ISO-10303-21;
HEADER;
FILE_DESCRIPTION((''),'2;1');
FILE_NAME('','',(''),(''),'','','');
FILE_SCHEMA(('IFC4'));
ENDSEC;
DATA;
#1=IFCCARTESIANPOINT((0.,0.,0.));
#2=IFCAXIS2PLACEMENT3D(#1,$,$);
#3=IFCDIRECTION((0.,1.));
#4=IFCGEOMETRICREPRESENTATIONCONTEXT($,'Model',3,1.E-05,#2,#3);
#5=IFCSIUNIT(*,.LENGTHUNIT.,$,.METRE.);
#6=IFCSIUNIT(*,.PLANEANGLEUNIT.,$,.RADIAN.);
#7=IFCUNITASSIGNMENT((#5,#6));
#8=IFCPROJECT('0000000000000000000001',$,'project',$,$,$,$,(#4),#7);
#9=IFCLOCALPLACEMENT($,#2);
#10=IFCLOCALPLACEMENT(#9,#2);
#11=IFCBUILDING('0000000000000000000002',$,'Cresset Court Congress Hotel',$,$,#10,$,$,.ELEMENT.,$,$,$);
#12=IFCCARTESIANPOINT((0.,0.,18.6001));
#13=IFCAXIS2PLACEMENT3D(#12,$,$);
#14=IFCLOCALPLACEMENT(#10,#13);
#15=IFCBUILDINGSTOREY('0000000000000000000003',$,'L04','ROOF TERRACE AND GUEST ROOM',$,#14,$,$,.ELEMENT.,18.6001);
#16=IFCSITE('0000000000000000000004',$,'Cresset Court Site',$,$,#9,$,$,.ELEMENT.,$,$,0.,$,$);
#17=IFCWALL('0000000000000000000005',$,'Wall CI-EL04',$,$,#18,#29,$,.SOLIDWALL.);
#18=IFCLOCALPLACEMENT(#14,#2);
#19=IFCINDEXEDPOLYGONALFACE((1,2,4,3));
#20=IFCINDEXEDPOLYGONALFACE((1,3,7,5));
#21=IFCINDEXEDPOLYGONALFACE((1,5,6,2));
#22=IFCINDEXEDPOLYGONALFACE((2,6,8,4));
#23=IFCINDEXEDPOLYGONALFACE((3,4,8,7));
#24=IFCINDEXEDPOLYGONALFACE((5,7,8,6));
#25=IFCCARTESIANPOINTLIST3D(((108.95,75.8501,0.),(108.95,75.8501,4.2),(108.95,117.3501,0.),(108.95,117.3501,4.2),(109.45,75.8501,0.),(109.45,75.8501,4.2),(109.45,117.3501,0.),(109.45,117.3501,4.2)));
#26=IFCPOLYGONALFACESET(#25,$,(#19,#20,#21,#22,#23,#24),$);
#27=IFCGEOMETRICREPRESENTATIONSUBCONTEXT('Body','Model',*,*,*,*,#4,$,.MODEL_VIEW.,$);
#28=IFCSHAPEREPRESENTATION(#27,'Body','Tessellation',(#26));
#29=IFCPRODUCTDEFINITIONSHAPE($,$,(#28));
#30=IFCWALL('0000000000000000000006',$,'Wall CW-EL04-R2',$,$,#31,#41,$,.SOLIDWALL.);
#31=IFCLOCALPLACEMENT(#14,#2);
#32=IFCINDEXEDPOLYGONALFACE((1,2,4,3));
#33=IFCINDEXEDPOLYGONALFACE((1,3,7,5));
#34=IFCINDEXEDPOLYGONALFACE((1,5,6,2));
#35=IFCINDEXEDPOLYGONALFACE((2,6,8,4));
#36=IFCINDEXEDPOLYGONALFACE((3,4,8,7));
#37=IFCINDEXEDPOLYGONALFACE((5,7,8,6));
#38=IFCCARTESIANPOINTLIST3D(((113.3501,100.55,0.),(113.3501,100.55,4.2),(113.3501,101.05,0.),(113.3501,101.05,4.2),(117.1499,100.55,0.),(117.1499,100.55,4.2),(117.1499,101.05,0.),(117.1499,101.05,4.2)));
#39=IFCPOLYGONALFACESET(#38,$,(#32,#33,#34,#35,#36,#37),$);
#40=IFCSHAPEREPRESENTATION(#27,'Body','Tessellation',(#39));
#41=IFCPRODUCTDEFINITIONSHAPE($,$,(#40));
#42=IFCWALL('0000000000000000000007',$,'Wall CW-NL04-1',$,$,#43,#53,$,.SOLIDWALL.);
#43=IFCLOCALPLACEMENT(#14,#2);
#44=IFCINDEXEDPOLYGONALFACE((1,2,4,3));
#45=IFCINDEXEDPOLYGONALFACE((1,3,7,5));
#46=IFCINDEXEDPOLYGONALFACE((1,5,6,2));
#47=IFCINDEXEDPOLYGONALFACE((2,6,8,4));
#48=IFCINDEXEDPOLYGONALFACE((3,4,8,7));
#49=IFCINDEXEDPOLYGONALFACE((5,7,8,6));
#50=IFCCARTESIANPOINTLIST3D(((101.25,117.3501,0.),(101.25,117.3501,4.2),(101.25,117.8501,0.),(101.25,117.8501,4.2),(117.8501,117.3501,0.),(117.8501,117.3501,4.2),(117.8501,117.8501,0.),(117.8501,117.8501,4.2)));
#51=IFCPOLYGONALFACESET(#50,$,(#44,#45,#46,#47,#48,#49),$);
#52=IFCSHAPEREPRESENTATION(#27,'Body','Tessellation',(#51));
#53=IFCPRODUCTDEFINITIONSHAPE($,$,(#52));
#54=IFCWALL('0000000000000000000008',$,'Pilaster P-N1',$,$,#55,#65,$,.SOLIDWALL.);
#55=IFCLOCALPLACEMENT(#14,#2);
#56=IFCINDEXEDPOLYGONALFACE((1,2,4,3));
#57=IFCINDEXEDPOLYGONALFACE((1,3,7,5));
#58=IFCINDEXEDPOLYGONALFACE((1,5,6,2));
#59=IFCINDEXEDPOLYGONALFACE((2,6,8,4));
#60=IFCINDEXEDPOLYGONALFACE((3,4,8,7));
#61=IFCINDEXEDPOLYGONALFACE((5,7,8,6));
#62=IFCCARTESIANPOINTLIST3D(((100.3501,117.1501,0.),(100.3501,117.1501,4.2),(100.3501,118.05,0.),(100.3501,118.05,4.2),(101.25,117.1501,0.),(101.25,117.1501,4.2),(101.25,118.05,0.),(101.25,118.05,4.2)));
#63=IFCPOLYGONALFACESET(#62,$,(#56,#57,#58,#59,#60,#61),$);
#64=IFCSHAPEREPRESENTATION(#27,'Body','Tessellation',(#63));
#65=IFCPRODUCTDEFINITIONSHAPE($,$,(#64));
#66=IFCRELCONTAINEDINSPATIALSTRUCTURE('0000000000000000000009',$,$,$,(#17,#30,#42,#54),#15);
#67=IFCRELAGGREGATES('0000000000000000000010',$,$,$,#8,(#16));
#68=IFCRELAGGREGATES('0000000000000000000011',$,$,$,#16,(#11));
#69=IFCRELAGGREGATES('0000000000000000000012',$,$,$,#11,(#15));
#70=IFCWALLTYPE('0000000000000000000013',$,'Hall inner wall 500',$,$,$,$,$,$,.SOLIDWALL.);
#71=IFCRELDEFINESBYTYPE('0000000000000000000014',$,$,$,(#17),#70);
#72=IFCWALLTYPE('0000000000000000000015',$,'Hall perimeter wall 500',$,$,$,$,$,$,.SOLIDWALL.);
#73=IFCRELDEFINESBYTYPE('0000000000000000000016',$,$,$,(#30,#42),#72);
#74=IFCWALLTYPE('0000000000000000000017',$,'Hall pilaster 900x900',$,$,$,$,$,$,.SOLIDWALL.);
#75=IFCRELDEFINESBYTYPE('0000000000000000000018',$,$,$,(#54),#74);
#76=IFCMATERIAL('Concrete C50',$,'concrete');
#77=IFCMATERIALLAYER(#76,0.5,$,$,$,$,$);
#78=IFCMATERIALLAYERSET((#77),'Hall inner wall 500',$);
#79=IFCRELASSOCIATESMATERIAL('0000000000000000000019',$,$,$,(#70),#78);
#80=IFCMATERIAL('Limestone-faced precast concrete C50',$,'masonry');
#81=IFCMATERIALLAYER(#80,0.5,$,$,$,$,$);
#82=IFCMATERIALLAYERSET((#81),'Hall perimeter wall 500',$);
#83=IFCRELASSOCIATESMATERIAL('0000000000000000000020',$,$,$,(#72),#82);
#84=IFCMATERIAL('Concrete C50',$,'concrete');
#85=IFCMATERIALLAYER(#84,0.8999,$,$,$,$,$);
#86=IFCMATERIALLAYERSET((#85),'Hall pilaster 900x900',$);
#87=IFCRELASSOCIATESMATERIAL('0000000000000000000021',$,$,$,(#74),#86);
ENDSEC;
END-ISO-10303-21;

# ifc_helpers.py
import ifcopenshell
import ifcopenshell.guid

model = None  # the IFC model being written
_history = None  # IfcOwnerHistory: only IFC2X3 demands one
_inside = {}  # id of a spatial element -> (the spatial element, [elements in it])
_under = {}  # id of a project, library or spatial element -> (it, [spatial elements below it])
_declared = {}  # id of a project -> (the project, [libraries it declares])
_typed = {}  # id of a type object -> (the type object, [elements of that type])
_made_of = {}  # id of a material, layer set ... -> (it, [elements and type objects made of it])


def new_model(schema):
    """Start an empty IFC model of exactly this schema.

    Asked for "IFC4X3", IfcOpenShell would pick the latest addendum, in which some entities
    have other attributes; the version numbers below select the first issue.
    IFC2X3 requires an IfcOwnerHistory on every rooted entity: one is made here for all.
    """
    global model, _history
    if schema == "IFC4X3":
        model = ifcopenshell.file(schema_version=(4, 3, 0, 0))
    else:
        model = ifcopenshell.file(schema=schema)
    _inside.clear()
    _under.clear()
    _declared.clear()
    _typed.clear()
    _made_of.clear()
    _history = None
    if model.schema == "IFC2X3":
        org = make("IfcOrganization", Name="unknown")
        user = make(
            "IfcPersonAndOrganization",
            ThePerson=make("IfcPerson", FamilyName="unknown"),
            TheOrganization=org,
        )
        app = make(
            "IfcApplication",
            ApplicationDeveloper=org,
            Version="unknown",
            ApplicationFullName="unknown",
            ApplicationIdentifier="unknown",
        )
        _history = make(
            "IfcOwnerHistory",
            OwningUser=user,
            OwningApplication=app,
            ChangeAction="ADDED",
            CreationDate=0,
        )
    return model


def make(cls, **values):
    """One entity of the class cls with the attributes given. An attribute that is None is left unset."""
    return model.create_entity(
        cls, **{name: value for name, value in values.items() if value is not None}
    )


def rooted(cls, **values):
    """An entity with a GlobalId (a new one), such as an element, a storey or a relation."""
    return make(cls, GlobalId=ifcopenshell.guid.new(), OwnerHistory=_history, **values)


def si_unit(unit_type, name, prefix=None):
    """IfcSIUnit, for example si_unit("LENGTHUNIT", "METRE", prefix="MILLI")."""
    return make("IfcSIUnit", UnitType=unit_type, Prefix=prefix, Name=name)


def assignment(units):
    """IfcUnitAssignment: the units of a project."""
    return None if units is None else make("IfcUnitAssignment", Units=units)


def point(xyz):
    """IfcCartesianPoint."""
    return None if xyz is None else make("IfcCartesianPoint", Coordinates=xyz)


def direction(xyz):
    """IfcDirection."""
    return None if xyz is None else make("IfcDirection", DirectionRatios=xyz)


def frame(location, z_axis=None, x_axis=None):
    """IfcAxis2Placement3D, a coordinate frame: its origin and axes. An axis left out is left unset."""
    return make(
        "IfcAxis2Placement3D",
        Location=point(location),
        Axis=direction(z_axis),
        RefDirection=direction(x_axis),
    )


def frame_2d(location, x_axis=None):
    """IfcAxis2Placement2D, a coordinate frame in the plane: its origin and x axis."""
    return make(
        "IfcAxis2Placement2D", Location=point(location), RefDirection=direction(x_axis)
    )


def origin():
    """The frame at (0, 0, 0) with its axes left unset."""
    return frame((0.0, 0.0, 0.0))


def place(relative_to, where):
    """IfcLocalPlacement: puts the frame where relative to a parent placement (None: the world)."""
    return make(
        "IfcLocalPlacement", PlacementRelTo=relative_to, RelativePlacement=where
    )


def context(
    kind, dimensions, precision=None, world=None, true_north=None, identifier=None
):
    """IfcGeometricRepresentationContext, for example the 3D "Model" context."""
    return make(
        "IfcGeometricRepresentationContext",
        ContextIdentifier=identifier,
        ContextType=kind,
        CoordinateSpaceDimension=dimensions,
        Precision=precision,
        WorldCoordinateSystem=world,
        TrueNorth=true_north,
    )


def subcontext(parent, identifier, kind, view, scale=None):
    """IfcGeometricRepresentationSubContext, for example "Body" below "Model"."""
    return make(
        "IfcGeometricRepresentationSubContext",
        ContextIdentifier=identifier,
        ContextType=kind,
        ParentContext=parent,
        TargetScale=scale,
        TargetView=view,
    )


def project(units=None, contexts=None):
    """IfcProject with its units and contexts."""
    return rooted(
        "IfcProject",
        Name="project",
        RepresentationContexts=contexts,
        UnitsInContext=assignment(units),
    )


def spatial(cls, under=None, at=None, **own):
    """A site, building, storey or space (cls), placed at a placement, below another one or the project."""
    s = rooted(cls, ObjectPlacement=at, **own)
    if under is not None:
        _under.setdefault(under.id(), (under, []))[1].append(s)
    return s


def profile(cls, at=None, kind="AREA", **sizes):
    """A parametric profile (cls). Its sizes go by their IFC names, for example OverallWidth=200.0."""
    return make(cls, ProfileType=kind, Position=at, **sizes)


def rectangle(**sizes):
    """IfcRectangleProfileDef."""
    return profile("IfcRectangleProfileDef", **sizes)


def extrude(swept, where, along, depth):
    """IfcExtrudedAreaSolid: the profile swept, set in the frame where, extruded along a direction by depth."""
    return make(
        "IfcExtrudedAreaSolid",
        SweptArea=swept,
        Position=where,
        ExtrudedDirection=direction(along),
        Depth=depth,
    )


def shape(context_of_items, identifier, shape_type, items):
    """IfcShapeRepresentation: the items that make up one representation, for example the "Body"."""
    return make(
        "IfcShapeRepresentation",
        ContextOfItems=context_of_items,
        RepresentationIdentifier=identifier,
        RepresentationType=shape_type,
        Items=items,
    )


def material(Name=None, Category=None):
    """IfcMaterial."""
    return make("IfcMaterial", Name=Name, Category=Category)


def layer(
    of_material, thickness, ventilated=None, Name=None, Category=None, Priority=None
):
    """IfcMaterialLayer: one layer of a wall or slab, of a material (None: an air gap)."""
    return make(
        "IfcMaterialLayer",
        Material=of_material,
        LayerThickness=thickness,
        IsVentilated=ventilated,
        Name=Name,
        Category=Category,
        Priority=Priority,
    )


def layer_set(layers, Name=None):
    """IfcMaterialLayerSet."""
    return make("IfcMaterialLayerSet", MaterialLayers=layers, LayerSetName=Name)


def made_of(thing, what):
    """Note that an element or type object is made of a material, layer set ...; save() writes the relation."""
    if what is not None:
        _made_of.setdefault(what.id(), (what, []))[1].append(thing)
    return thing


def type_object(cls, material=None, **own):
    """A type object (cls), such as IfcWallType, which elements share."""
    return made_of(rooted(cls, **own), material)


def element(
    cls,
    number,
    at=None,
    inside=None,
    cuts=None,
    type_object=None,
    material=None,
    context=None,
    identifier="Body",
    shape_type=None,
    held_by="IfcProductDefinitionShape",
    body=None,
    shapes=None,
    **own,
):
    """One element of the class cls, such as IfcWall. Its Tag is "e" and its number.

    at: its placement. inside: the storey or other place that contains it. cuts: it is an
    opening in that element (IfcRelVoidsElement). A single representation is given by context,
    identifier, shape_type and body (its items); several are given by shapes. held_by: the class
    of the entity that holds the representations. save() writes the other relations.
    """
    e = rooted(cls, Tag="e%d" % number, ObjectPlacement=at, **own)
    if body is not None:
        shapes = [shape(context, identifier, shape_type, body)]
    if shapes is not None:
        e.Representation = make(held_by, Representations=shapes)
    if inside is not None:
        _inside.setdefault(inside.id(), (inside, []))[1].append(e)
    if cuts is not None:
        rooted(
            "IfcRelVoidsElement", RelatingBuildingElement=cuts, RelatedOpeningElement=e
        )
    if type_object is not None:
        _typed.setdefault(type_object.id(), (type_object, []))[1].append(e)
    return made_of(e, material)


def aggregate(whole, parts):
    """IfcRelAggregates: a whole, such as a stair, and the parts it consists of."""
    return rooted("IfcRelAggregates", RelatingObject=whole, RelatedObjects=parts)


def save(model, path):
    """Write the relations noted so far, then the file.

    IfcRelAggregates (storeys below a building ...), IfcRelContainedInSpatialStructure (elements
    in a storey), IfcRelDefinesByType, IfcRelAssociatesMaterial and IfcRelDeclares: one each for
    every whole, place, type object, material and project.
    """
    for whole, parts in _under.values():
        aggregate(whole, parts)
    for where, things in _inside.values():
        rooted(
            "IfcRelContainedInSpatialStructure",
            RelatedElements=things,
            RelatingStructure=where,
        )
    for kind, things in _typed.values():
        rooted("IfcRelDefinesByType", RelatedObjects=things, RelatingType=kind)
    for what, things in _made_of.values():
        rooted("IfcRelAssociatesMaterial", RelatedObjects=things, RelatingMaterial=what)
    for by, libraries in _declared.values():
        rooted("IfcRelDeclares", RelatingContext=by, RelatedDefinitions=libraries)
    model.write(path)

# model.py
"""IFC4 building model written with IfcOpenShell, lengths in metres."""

from ifc_helpers import new_model, si_unit, direction, frame, frame_2d, origin, place, context, subcontext, project, spatial, rectangle, extrude, material, layer, layer_set, type_object, element, save


model = new_model("IFC4")

# Units and contexts
model_context = context("Model", 3, precision=1e-05, world=origin(), true_north=direction((0.0, 1.0)))
body_context = subcontext(model_context, "Body", "Model", "MODEL_VIEW")
ifc_project = project(units=[si_unit("LENGTHUNIT", "METRE"), si_unit("PLANEANGLEUNIT", "RADIAN")], contexts=[model_context])

# Site, building, storey
site_placement = place(None, origin())
site = spatial("IfcSite", under=ifc_project, at=site_placement, Name="Cresset Court Site", CompositionType="ELEMENT", RefElevation=0.0)
building_placement = place(site_placement, origin())
building = spatial("IfcBuilding", under=site, at=building_placement, Name="Cresset Court Congress Hotel", CompositionType="ELEMENT")
storey_placement = place(building_placement, frame((0.0, 0.0, 18.6001)))
storey = spatial("IfcBuildingStorey", under=building, at=storey_placement, Name="L04", Description="ROOF TERRACE AND GUEST ROOM", CompositionType="ELEMENT", Elevation=18.6001)

# Walls
ifc_material_1 = material(Name="Concrete C50", Category="concrete")
ifc_layer_1 = layer(ifc_material_1, 0.5)
ifc_layer_set_1 = layer_set([ifc_layer_1], Name="Hall inner wall 500")
wall_type_1 = type_object("IfcWallType", Name="Hall inner wall 500", PredefinedType="SOLIDWALL", material=ifc_layer_set_1)
wall_1_placement = place(storey_placement, frame((109.2, 117.3501, 0.0), z_axis=(0.0, 0.0, 1.0), x_axis=(0.0, -1.0, 0.0)))
element("IfcWall", 1, at=wall_1_placement, inside=storey, type_object=wall_type_1, Name="Wall CI-EL04", PredefinedType="SOLIDWALL", context=body_context, shape_type="SweptSolid", body=[
    extrude(rectangle(XDim=41.5, YDim=0.5, at=frame_2d((20.75, 0.0))), origin(), (0.0, 0.0, 1.0), 4.2),
])
ifc_material_2 = material(Name="Limestone-faced precast concrete C50", Category="masonry")
ifc_layer_2 = layer(ifc_material_2, 0.5)
ifc_layer_set_2 = layer_set([ifc_layer_2], Name="Hall perimeter wall 500")
wall_type_2 = type_object("IfcWallType", Name="Hall perimeter wall 500", PredefinedType="SOLIDWALL", material=ifc_layer_set_2)
wall_2_placement = place(storey_placement, frame((113.3501, 100.8, 0.0), z_axis=(0.0, 0.0, 1.0), x_axis=(1.0, 0.0, 0.0)))
element("IfcWall", 2, at=wall_2_placement, inside=storey, type_object=wall_type_2, Name="Wall CW-EL04-R2", PredefinedType="SOLIDWALL", context=body_context, shape_type="SweptSolid", body=[
    extrude(rectangle(XDim=3.7998, YDim=0.5, at=frame_2d((1.8999, 0.0))), origin(), (0.0, 0.0, 1.0), 4.2),
])
wall_3_placement = place(storey_placement, frame((101.25, 117.6001, 0.0), z_axis=(0.0, 0.0, 1.0), x_axis=(1.0, 0.0, 0.0)))
element("IfcWall", 3, at=wall_3_placement, inside=storey, type_object=wall_type_2, Name="Wall CW-NL04-1", PredefinedType="SOLIDWALL", context=body_context, shape_type="SweptSolid", body=[
    extrude(rectangle(XDim=16.6001, YDim=0.5, at=frame_2d((8.3, 0.0))), origin(), (0.0, 0.0, 1.0), 4.2),
])
ifc_material_3 = material(Name="Concrete C50", Category="concrete")
ifc_layer_3 = layer(ifc_material_3, 0.8999)
ifc_layer_set_3 = layer_set([ifc_layer_3], Name="Hall pilaster 900x900")
wall_type_3 = type_object("IfcWallType", Name="Hall pilaster 900x900", PredefinedType="SOLIDWALL", material=ifc_layer_set_3)
wall_4_placement = place(storey_placement, frame((101.25, 117.6001, 0.0), z_axis=(0.0, 0.0, 1.0), x_axis=(-1.0, 0.0, 0.0)))
element("IfcWall", 4, at=wall_4_placement, inside=storey, type_object=wall_type_3, Name="Pilaster P-N1", PredefinedType="SOLIDWALL", context=body_context, shape_type="SweptSolid", body=[
    extrude(rectangle(XDim=0.8999, YDim=0.8999, at=frame_2d((0.45, 0.0))), origin(), (0.0, 0.0, 1.0), 4.2),
])

save(model, "model.ifc")
